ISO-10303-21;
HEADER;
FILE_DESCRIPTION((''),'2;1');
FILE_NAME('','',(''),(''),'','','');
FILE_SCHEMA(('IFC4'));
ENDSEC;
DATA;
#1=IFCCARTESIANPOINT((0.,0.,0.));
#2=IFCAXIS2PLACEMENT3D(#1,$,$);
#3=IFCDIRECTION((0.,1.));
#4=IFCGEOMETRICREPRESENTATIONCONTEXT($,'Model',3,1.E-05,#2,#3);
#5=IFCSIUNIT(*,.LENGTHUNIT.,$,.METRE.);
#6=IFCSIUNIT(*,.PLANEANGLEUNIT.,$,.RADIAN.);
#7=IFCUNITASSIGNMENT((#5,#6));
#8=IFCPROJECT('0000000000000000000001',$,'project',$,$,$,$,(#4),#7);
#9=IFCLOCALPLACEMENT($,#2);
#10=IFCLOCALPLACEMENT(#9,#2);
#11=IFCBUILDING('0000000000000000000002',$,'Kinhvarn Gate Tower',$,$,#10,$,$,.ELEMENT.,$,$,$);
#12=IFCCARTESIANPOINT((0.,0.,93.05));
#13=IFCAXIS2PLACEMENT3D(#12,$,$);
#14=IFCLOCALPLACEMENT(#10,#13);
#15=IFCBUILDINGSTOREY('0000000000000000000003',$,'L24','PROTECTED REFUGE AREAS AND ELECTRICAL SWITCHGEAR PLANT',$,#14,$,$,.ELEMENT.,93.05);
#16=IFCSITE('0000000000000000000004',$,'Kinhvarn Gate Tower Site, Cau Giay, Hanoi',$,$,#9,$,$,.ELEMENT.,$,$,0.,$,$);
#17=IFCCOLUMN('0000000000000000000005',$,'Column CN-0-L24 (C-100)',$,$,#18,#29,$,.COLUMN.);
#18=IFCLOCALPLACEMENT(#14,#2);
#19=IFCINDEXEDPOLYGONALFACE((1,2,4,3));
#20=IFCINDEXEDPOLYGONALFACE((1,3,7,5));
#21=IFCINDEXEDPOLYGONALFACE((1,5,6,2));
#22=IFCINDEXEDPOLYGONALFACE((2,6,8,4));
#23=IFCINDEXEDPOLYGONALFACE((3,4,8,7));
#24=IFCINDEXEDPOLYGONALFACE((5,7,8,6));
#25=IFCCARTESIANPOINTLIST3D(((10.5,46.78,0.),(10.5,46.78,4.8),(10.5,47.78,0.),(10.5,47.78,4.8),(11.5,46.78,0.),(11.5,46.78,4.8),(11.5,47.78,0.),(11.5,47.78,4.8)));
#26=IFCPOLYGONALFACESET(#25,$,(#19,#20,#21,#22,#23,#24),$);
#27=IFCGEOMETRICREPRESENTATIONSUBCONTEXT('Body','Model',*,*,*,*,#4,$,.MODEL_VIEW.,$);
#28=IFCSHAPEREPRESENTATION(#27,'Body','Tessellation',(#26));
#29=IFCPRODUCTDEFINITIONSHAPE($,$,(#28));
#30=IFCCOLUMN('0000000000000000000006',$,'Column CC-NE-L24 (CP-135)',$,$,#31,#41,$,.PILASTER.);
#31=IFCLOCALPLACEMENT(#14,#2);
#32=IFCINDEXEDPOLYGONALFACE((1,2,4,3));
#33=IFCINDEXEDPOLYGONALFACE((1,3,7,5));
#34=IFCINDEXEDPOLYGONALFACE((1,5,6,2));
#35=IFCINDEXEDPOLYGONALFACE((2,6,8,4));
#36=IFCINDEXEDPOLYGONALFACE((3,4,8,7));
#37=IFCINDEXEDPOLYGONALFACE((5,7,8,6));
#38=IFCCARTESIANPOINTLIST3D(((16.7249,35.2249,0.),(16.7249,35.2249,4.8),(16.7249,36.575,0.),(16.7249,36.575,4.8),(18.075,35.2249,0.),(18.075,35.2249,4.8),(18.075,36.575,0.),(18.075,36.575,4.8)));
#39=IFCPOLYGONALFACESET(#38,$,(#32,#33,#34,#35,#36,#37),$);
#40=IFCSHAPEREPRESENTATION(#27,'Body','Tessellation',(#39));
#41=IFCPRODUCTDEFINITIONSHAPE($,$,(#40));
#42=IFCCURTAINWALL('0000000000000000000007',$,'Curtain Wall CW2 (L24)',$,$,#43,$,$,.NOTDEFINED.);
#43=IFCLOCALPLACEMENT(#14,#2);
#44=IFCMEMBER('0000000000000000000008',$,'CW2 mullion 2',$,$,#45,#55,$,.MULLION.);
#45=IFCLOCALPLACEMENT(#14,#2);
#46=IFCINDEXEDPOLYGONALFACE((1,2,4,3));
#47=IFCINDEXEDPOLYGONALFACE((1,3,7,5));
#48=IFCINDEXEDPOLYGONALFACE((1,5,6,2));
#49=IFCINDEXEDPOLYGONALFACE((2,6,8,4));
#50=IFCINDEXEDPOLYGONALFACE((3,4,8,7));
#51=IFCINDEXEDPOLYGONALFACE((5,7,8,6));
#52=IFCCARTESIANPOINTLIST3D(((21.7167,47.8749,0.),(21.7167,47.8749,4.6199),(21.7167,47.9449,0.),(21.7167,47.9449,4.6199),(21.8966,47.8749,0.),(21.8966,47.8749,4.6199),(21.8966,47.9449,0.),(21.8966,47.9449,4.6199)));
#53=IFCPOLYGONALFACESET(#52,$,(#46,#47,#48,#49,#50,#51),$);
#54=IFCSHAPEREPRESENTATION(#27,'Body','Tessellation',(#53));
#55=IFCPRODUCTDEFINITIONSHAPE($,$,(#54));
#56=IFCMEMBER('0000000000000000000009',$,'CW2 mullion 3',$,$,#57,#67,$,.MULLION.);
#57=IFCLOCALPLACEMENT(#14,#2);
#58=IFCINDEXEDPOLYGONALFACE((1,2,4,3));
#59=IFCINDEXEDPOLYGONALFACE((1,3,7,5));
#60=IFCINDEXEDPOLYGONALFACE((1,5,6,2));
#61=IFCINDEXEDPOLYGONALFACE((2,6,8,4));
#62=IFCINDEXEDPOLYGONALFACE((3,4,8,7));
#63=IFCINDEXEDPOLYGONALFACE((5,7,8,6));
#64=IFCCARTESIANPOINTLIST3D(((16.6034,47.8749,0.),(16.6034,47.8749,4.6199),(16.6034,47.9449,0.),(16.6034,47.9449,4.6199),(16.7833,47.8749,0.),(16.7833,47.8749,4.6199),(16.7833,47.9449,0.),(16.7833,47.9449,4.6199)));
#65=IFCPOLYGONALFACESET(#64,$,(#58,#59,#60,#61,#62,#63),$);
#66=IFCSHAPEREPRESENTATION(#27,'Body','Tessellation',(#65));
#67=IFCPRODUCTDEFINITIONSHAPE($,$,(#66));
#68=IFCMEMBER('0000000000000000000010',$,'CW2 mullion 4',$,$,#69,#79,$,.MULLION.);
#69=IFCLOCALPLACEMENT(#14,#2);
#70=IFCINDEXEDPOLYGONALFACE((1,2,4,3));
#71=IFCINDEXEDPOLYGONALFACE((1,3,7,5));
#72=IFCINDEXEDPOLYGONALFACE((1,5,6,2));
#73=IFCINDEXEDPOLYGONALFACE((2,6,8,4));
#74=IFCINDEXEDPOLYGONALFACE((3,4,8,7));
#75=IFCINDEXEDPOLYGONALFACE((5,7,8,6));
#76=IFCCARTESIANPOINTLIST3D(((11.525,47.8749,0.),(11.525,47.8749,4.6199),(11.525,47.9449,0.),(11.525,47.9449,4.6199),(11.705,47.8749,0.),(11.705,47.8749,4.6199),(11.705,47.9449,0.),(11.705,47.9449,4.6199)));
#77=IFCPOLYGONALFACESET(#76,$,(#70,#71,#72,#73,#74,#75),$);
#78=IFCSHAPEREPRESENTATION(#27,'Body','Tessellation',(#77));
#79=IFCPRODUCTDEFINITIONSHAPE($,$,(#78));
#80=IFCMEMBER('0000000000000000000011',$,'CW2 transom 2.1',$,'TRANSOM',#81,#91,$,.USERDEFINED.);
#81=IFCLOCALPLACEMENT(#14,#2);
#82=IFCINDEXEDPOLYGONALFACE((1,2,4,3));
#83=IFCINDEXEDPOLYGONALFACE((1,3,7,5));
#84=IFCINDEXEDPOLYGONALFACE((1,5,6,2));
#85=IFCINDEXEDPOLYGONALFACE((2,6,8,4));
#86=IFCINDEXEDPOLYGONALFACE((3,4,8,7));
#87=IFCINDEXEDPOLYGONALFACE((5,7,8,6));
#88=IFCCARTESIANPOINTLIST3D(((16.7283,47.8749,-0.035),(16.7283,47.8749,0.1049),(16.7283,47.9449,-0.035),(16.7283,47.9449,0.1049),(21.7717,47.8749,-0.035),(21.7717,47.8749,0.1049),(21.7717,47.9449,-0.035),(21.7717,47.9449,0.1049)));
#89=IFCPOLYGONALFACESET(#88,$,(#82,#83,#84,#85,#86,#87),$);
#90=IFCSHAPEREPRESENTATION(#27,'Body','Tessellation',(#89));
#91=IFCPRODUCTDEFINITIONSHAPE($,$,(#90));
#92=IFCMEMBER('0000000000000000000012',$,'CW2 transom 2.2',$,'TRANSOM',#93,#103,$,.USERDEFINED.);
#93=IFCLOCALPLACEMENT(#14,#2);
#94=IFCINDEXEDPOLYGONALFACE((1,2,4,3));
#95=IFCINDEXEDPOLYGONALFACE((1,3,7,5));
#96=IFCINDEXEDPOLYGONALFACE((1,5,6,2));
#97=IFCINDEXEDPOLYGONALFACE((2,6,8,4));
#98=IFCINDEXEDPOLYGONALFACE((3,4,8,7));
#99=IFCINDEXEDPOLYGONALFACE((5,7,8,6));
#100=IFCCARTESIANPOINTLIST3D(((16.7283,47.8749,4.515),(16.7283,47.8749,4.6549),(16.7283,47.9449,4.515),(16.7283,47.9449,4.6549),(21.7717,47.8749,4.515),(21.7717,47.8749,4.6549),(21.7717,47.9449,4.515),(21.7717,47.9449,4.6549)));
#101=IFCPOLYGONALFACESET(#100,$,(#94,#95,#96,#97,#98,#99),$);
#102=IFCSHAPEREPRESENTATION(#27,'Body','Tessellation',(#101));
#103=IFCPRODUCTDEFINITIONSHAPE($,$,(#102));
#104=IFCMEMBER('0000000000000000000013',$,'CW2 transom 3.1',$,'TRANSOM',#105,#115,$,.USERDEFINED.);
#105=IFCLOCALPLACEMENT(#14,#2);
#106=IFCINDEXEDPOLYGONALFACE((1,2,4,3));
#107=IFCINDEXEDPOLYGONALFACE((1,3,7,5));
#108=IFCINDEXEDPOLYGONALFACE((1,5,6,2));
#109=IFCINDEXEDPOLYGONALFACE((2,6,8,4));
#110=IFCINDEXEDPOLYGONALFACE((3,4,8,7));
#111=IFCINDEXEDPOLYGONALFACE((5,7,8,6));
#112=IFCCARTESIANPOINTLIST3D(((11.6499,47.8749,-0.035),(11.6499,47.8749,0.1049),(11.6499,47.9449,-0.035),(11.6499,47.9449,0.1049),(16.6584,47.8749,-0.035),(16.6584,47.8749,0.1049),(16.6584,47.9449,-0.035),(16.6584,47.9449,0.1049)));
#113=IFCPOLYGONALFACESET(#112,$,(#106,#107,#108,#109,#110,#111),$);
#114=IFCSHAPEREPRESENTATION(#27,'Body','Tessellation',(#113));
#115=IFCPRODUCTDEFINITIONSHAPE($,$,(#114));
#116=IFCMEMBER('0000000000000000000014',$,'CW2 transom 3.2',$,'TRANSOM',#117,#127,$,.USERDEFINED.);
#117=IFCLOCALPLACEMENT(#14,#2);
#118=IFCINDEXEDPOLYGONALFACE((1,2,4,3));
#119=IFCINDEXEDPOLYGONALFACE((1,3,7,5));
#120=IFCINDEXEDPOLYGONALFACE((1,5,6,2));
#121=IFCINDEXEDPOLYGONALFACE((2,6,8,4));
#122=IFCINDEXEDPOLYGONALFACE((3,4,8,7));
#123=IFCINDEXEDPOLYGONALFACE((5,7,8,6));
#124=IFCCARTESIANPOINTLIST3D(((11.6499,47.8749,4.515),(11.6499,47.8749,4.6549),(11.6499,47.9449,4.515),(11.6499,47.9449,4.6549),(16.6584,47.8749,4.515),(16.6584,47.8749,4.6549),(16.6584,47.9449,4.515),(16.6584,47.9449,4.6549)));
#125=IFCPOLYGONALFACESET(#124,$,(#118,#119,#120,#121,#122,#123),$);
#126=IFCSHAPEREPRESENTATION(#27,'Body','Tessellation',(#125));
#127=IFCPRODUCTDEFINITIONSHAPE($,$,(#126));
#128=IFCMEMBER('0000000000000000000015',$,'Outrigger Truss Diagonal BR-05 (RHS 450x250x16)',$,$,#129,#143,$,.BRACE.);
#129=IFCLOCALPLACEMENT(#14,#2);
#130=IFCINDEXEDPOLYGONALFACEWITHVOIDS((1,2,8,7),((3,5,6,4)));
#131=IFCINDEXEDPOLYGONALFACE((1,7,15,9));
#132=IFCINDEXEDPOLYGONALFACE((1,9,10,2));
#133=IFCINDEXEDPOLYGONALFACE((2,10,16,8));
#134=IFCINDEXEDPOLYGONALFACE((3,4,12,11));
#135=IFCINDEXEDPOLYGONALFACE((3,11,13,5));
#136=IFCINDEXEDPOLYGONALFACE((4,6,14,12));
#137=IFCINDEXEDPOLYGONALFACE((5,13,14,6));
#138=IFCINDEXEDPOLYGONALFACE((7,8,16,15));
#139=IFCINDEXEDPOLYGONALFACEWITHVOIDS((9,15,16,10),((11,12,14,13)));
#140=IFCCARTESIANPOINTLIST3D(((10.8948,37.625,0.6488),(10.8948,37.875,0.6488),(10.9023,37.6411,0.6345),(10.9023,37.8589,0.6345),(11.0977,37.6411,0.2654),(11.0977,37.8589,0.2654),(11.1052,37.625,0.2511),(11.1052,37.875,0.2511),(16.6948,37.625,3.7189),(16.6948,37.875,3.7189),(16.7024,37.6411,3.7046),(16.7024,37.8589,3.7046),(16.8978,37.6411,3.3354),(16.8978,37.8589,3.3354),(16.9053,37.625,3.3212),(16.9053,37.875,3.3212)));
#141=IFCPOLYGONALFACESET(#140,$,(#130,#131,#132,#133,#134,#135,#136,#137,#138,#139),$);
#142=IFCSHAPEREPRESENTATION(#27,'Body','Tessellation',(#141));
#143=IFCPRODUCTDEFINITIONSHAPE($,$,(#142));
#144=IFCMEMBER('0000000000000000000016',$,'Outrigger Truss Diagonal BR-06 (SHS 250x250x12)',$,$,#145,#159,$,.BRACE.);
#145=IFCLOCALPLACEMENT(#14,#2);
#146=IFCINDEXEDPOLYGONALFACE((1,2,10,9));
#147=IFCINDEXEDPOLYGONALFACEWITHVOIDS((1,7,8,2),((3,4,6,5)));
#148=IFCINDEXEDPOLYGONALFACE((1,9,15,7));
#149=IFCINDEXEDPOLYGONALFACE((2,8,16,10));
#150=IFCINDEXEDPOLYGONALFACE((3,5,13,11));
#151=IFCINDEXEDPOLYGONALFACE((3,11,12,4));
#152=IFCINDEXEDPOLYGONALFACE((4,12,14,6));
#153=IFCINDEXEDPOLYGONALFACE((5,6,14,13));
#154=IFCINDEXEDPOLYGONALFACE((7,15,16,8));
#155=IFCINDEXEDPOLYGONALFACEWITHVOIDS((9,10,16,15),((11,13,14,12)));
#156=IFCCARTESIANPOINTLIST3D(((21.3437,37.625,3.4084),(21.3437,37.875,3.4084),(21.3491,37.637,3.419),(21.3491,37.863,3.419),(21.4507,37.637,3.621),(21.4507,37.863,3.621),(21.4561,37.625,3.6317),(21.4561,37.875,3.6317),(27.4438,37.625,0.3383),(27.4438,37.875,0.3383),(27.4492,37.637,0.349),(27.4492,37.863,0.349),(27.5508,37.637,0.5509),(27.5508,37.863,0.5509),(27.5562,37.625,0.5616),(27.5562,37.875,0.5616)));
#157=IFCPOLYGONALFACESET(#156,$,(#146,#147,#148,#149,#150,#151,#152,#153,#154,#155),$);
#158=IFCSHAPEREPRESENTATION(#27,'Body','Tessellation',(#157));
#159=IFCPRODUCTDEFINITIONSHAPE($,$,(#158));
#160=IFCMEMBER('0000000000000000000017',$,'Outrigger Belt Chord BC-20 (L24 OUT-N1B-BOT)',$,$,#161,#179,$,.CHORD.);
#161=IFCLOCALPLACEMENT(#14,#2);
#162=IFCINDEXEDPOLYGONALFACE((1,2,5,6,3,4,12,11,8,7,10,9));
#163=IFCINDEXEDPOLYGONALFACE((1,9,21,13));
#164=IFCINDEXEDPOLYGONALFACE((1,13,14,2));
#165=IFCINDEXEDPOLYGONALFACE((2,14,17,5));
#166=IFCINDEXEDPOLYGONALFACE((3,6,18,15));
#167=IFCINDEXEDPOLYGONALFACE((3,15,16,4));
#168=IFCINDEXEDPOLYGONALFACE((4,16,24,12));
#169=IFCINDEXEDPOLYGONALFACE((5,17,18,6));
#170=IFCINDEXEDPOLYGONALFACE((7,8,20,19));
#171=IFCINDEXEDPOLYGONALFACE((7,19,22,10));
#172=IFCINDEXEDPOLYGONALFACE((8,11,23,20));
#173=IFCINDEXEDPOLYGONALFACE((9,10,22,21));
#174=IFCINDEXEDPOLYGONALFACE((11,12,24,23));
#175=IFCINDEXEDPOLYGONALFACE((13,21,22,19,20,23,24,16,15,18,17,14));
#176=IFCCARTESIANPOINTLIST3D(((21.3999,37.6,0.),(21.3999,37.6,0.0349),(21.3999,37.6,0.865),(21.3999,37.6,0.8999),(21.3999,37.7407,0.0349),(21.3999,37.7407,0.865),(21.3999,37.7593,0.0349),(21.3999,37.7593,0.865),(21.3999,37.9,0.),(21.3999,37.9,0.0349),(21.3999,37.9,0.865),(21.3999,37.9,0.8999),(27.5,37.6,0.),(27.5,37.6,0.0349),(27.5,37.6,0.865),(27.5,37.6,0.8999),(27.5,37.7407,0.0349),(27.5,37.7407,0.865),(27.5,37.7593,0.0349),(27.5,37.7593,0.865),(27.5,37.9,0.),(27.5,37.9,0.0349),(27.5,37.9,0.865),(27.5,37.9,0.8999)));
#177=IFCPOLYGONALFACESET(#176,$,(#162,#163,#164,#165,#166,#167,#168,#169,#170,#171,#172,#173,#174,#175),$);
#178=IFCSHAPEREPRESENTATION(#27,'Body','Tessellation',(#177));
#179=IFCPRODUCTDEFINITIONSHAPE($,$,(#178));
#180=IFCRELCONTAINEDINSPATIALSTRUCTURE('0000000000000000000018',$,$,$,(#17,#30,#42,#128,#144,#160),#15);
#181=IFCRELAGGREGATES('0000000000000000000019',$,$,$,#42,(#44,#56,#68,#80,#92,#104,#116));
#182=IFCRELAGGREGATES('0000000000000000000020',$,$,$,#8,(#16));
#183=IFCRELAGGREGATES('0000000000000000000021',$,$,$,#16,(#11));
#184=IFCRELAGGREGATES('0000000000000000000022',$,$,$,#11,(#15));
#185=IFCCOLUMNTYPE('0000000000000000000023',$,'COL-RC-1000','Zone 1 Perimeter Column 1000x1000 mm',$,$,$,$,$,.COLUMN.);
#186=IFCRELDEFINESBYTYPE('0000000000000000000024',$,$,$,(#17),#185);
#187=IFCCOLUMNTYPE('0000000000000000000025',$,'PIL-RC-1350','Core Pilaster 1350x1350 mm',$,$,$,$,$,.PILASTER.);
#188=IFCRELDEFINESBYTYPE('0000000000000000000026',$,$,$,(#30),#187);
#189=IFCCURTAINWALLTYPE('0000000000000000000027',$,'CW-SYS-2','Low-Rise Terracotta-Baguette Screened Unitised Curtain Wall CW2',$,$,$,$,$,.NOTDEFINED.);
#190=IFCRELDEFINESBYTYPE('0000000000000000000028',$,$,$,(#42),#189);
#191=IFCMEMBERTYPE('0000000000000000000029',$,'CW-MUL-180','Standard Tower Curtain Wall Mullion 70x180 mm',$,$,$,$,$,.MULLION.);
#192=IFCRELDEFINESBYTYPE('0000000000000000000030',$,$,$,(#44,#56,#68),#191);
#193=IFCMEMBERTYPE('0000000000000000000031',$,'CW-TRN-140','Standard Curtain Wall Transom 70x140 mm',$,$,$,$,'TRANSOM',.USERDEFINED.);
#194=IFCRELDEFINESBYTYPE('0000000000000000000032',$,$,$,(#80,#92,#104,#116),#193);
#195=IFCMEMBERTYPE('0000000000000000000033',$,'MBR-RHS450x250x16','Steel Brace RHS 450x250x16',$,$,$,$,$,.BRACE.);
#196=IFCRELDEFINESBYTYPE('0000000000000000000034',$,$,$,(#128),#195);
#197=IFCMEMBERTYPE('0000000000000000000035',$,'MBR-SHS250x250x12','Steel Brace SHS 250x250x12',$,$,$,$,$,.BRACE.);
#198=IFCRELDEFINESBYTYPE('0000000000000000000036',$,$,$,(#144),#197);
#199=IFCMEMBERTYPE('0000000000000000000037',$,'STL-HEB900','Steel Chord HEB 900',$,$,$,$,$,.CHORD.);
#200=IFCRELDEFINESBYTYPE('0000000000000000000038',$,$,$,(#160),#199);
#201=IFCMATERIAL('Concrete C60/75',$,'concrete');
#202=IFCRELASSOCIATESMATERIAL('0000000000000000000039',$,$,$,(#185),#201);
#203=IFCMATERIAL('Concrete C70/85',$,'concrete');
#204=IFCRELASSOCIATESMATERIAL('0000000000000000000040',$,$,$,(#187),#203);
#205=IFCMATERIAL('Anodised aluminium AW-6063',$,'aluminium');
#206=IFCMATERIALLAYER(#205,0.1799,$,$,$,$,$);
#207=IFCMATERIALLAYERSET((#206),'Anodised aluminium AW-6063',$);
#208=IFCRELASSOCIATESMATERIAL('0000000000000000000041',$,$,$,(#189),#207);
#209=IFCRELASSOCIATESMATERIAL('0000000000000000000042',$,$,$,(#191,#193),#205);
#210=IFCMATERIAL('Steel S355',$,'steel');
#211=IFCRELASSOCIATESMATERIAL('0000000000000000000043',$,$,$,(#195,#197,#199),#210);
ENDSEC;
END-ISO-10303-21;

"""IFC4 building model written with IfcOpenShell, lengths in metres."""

from ifc_helpers import new_model, si_unit, direction, frame, origin, origin_2d, place, context, subcontext, project, spatial, rectangle, hollow_rectangle, i_section, extrude, material, layer, layer_set, material_profile, profile_set, type_object, element, aggregate, save


model = new_model("IFC4")

# Units and contexts
model_context = context("Model", 3, precision=1e-05, world=origin(), true_north=direction((0.0, 1.0)))
body_context = subcontext(model_context, "Body", "Model", "MODEL_VIEW")
ifc_project = project(units=[si_unit("LENGTHUNIT", "METRE"), si_unit("PLANEANGLEUNIT", "RADIAN")], contexts=[model_context])

# Site, building, storey
site_placement = place(None, origin())
site = spatial("IfcSite", under=ifc_project, at=site_placement, Name="Kinhvarn Gate Tower Site, Cau Giay, Hanoi", CompositionType="ELEMENT", RefElevation=0.0)
building_placement = place(site_placement, origin())
building = spatial("IfcBuilding", under=site, at=building_placement, Name="Kinhvarn Gate Tower", CompositionType="ELEMENT")
storey_placement = place(building_placement, frame((0.0, 0.0, 93.05)))
storey = spatial("IfcBuildingStorey", under=building, at=storey_placement, Name="L24", Description="PROTECTED REFUGE AREAS AND ELECTRICAL SWITCHGEAR PLANT", CompositionType="ELEMENT", Elevation=93.05)

# Columns
ifc_material_1 = material(Name="Concrete C60/75", Category="concrete")
ifc_material_profile_1 = material_profile(ifc_material_1, rectangle(XDim=1.0, YDim=1.0, at=origin_2d()), Name="RC 1000x1000")
ifc_profile_set_1 = profile_set([ifc_material_profile_1], Name="Concrete C60/75")
column_type_1 = type_object("IfcColumnType", Name="COL-RC-1000", Description="Zone 1 Perimeter Column 1000x1000 mm", PredefinedType="COLUMN", material=ifc_profile_set_1)
column_1_placement = place(storey_placement, frame((11.0, 47.28, 0.0), z_axis=(0.0, 0.0, 1.0), x_axis=(1.0, 0.0, 0.0)))
element("IfcColumn", 1, at=column_1_placement, inside=storey, type_object=column_type_1, Name="Column CN-0-L24 (C-100)", PredefinedType="COLUMN", context=body_context, shape_type="SweptSolid", body=[
    extrude(rectangle(XDim=1.0, YDim=1.0, at=origin_2d()), origin(), (0.0, 0.0, 1.0), 4.8),
])
ifc_material_2 = material(Name="Concrete C70/85", Category="concrete")
ifc_material_profile_2 = material_profile(ifc_material_2, rectangle(XDim=1.3501, YDim=1.3501, at=origin_2d()), Name="RC 1350x1350")
ifc_profile_set_2 = profile_set([ifc_material_profile_2], Name="Concrete C70/85")
column_type_2 = type_object("IfcColumnType", Name="PIL-RC-1350", Description="Core Pilaster 1350x1350 mm", PredefinedType="PILASTER", material=ifc_profile_set_2)
column_2_placement = place(storey_placement, frame((17.3999, 35.8999, 0.0), z_axis=(0.0, 0.0, 1.0), x_axis=(1.0, 0.0, 0.0)))
element("IfcColumn", 2, at=column_2_placement, inside=storey, type_object=column_type_2, Name="Column CC-NE-L24 (CP-135)", PredefinedType="PILASTER", context=body_context, shape_type="SweptSolid", body=[
    extrude(rectangle(XDim=1.3501, YDim=1.3501, at=origin_2d()), origin(), (0.0, 0.0, 1.0), 4.8),
])

# Curtain wall, members
ifc_material_3 = material(Name="Anodised aluminium AW-6063", Category="aluminium")
ifc_layer_1 = layer(ifc_material_3, 0.1799)
ifc_layer_set_1 = layer_set([ifc_layer_1], Name="Anodised aluminium AW-6063")
curtain_wall_type = type_object("IfcCurtainWallType", Name="CW-SYS-2", Description="Low-Rise Terracotta-Baguette Screened Unitised Curtain Wall CW2", PredefinedType="NOTDEFINED", material=ifc_layer_set_1)
curtain_wall_placement = place(storey_placement, origin())
curtain_wall = element("IfcCurtainWall", 3, at=curtain_wall_placement, inside=storey, type_object=curtain_wall_type, Name="Curtain Wall CW2 (L24)", PredefinedType="NOTDEFINED")
ifc_material_profile_3 = material_profile(ifc_material_3, rectangle(XDim=0.0701, YDim=0.1799, at=origin_2d()), Name="ALU 70x180")
ifc_profile_set_3 = profile_set([ifc_material_profile_3], Name="Anodised aluminium AW-6063")
member_type_1 = type_object("IfcMemberType", Name="CW-MUL-180", Description="Standard Tower Curtain Wall Mullion 70x180 mm", PredefinedType="MULLION", material=ifc_profile_set_3)
member_1_placement = place(storey_placement, frame((21.8066, 47.9099, 0.0), z_axis=(0.0, 0.0, 1.0), x_axis=(0.0, -1.0, 0.0)))
member_1 = element("IfcMember", 4, at=member_1_placement, type_object=member_type_1, Name="CW2 mullion 2", PredefinedType="MULLION", context=body_context, shape_type="SweptSolid", body=[
    extrude(rectangle(XDim=0.0701, YDim=0.1799, at=origin_2d()), origin(), (0.0, 0.0, 1.0), 4.6199),
])
member_2_placement = place(storey_placement, frame((16.6934, 47.9099, 0.0), z_axis=(0.0, 0.0, 1.0), x_axis=(0.0, -1.0, 0.0)))
member_2 = element("IfcMember", 5, at=member_2_placement, type_object=member_type_1, Name="CW2 mullion 3", PredefinedType="MULLION", context=body_context, shape_type="SweptSolid", body=[
    extrude(rectangle(XDim=0.0701, YDim=0.1799, at=origin_2d()), origin(), (0.0, 0.0, 1.0), 4.6199),
])
member_3_placement = place(storey_placement, frame((11.615, 47.9099, 0.0), z_axis=(0.0, 0.0, 1.0), x_axis=(0.0, -1.0, 0.0)))
member_3 = element("IfcMember", 6, at=member_3_placement, type_object=member_type_1, Name="CW2 mullion 4", PredefinedType="MULLION", context=body_context, shape_type="SweptSolid", body=[
    extrude(rectangle(XDim=0.0701, YDim=0.1799, at=origin_2d()), origin(), (0.0, 0.0, 1.0), 4.6199),
])
ifc_material_profile_4 = material_profile(ifc_material_3, rectangle(XDim=0.0701, YDim=0.1399, at=origin_2d()), Name="ALU 70x140")
ifc_profile_set_4 = profile_set([ifc_material_profile_4], Name="Anodised aluminium AW-6063")
member_type_2 = type_object("IfcMemberType", Name="CW-TRN-140", Description="Standard Curtain Wall Transom 70x140 mm", ElementType="TRANSOM", PredefinedType="USERDEFINED", material=ifc_profile_set_4)
member_4_placement = place(storey_placement, frame((21.7717, 47.9099, 0.0349), z_axis=(-1.0, 0.0, 0.0), x_axis=(0.0, -1.0, 0.0)))
member_4 = element("IfcMember", 7, at=member_4_placement, type_object=member_type_2, Name="CW2 transom 2.1", ObjectType="TRANSOM", PredefinedType="USERDEFINED", context=body_context, shape_type="SweptSolid", body=[
    extrude(rectangle(XDim=0.0701, YDim=0.1399, at=origin_2d()), origin(), (0.0, 0.0, 1.0), 5.0435),
])
member_5_placement = place(storey_placement, frame((21.7717, 47.9099, 4.585), z_axis=(-1.0, 0.0, 0.0), x_axis=(0.0, -1.0, 0.0)))
member_5 = element("IfcMember", 8, at=member_5_placement, type_object=member_type_2, Name="CW2 transom 2.2", ObjectType="TRANSOM", PredefinedType="USERDEFINED", context=body_context, shape_type="SweptSolid", body=[
    extrude(rectangle(XDim=0.0701, YDim=0.1399, at=origin_2d()), origin(), (0.0, 0.0, 1.0), 5.0435),
])
member_6_placement = place(storey_placement, frame((16.6584, 47.9099, 0.0349), z_axis=(-1.0, 0.0, 0.0), x_axis=(0.0, -1.0, 0.0)))
member_6 = element("IfcMember", 9, at=member_6_placement, type_object=member_type_2, Name="CW2 transom 3.1", ObjectType="TRANSOM", PredefinedType="USERDEFINED", context=body_context, shape_type="SweptSolid", body=[
    extrude(rectangle(XDim=0.0701, YDim=0.1399, at=origin_2d()), origin(), (0.0, 0.0, 1.0), 5.0085),
])
member_7_placement = place(storey_placement, frame((16.6584, 47.9099, 4.585), z_axis=(-1.0, 0.0, 0.0), x_axis=(0.0, -1.0, 0.0)))
member_7 = element("IfcMember", 10, at=member_7_placement, type_object=member_type_2, Name="CW2 transom 3.2", ObjectType="TRANSOM", PredefinedType="USERDEFINED", context=body_context, shape_type="SweptSolid", body=[
    extrude(rectangle(XDim=0.0701, YDim=0.1399, at=origin_2d()), origin(), (0.0, 0.0, 1.0), 5.0085),
])

# Members
ifc_material_4 = material(Name="Steel S355", Category="steel")
ifc_material_profile_5 = material_profile(ifc_material_4, hollow_rectangle(XDim=0.25, YDim=0.45, WallThickness=0.0161, at=origin_2d()), Name="RHS 450x250x16")
ifc_profile_set_5 = profile_set([ifc_material_profile_5], Name="Steel S355")
member_type_3 = type_object("IfcMemberType", Name="MBR-RHS450x250x16", Description="Steel Brace RHS 450x250x16", PredefinedType="BRACE", material=ifc_profile_set_5)
member_8_placement = place(storey_placement, frame((11.0, 37.75, 0.45), z_axis=(0.883822, 0.0, 0.467823), x_axis=(0.0, 1.0, 0.0)))
element("IfcMember", 11, at=member_8_placement, inside=storey, type_object=member_type_3, Name="Outrigger Truss Diagonal BR-05 (RHS 450x250x16)", PredefinedType="BRACE", context=body_context, shape_type="SweptSolid", body=[
    extrude(hollow_rectangle(XDim=0.25, YDim=0.45, WallThickness=0.0161, at=origin_2d()), origin(), (0.0, 0.0, 1.0), 6.5625),
])
ifc_material_profile_6 = material_profile(ifc_material_4, hollow_rectangle(XDim=0.25, YDim=0.25, WallThickness=0.012, at=origin_2d()), Name="SHS 250x250x12")
ifc_profile_set_6 = profile_set([ifc_material_profile_6], Name="Steel S355")
member_type_4 = type_object("IfcMemberType", Name="MBR-SHS250x250x12", Description="Steel Brace SHS 250x250x12", PredefinedType="BRACE", material=ifc_profile_set_6)
member_9_placement = place(storey_placement, frame((21.3999, 37.75, 3.52), z_axis=(0.893252, 0.0, -0.449557), x_axis=(0.0, 1.0, 0.0)))
element("IfcMember", 12, at=member_9_placement, inside=storey, type_object=member_type_4, Name="Outrigger Truss Diagonal BR-06 (SHS 250x250x12)", PredefinedType="BRACE", context=body_context, shape_type="SweptSolid", body=[
    extrude(hollow_rectangle(XDim=0.25, YDim=0.25, WallThickness=0.012, at=origin_2d()), origin(), (0.0, 0.0, 1.0), 6.8291),
])
ifc_material_profile_7 = material_profile(ifc_material_4, i_section(OverallWidth=0.3, OverallDepth=0.8999, WebThickness=0.0186, FlangeThickness=0.0349, at=origin_2d()), Name="HEB 900")
ifc_profile_set_7 = profile_set([ifc_material_profile_7], Name="Steel S355")
member_type_5 = type_object("IfcMemberType", Name="STL-HEB900", Description="Steel Chord HEB 900", PredefinedType="CHORD", material=ifc_profile_set_7)
member_10_placement = place(storey_placement, frame((21.3999, 37.75, 0.45), z_axis=(1.0, 0.0, 0.0), x_axis=(0.0, 1.0, 0.0)))
element("IfcMember", 13, at=member_10_placement, inside=storey, type_object=member_type_5, Name="Outrigger Belt Chord BC-20 (L24 OUT-N1B-BOT)", PredefinedType="CHORD", context=body_context, shape_type="SweptSolid", body=[
    extrude(i_section(OverallWidth=0.3, OverallDepth=0.8999, WebThickness=0.0186, FlangeThickness=0.0349, at=origin_2d()), origin(), (0.0, 0.0, 1.0), 6.1001),
])

aggregate(curtain_wall, [member_1, member_2, member_3, member_4, member_5, member_6, member_7])

save(model, "model.ifc")
